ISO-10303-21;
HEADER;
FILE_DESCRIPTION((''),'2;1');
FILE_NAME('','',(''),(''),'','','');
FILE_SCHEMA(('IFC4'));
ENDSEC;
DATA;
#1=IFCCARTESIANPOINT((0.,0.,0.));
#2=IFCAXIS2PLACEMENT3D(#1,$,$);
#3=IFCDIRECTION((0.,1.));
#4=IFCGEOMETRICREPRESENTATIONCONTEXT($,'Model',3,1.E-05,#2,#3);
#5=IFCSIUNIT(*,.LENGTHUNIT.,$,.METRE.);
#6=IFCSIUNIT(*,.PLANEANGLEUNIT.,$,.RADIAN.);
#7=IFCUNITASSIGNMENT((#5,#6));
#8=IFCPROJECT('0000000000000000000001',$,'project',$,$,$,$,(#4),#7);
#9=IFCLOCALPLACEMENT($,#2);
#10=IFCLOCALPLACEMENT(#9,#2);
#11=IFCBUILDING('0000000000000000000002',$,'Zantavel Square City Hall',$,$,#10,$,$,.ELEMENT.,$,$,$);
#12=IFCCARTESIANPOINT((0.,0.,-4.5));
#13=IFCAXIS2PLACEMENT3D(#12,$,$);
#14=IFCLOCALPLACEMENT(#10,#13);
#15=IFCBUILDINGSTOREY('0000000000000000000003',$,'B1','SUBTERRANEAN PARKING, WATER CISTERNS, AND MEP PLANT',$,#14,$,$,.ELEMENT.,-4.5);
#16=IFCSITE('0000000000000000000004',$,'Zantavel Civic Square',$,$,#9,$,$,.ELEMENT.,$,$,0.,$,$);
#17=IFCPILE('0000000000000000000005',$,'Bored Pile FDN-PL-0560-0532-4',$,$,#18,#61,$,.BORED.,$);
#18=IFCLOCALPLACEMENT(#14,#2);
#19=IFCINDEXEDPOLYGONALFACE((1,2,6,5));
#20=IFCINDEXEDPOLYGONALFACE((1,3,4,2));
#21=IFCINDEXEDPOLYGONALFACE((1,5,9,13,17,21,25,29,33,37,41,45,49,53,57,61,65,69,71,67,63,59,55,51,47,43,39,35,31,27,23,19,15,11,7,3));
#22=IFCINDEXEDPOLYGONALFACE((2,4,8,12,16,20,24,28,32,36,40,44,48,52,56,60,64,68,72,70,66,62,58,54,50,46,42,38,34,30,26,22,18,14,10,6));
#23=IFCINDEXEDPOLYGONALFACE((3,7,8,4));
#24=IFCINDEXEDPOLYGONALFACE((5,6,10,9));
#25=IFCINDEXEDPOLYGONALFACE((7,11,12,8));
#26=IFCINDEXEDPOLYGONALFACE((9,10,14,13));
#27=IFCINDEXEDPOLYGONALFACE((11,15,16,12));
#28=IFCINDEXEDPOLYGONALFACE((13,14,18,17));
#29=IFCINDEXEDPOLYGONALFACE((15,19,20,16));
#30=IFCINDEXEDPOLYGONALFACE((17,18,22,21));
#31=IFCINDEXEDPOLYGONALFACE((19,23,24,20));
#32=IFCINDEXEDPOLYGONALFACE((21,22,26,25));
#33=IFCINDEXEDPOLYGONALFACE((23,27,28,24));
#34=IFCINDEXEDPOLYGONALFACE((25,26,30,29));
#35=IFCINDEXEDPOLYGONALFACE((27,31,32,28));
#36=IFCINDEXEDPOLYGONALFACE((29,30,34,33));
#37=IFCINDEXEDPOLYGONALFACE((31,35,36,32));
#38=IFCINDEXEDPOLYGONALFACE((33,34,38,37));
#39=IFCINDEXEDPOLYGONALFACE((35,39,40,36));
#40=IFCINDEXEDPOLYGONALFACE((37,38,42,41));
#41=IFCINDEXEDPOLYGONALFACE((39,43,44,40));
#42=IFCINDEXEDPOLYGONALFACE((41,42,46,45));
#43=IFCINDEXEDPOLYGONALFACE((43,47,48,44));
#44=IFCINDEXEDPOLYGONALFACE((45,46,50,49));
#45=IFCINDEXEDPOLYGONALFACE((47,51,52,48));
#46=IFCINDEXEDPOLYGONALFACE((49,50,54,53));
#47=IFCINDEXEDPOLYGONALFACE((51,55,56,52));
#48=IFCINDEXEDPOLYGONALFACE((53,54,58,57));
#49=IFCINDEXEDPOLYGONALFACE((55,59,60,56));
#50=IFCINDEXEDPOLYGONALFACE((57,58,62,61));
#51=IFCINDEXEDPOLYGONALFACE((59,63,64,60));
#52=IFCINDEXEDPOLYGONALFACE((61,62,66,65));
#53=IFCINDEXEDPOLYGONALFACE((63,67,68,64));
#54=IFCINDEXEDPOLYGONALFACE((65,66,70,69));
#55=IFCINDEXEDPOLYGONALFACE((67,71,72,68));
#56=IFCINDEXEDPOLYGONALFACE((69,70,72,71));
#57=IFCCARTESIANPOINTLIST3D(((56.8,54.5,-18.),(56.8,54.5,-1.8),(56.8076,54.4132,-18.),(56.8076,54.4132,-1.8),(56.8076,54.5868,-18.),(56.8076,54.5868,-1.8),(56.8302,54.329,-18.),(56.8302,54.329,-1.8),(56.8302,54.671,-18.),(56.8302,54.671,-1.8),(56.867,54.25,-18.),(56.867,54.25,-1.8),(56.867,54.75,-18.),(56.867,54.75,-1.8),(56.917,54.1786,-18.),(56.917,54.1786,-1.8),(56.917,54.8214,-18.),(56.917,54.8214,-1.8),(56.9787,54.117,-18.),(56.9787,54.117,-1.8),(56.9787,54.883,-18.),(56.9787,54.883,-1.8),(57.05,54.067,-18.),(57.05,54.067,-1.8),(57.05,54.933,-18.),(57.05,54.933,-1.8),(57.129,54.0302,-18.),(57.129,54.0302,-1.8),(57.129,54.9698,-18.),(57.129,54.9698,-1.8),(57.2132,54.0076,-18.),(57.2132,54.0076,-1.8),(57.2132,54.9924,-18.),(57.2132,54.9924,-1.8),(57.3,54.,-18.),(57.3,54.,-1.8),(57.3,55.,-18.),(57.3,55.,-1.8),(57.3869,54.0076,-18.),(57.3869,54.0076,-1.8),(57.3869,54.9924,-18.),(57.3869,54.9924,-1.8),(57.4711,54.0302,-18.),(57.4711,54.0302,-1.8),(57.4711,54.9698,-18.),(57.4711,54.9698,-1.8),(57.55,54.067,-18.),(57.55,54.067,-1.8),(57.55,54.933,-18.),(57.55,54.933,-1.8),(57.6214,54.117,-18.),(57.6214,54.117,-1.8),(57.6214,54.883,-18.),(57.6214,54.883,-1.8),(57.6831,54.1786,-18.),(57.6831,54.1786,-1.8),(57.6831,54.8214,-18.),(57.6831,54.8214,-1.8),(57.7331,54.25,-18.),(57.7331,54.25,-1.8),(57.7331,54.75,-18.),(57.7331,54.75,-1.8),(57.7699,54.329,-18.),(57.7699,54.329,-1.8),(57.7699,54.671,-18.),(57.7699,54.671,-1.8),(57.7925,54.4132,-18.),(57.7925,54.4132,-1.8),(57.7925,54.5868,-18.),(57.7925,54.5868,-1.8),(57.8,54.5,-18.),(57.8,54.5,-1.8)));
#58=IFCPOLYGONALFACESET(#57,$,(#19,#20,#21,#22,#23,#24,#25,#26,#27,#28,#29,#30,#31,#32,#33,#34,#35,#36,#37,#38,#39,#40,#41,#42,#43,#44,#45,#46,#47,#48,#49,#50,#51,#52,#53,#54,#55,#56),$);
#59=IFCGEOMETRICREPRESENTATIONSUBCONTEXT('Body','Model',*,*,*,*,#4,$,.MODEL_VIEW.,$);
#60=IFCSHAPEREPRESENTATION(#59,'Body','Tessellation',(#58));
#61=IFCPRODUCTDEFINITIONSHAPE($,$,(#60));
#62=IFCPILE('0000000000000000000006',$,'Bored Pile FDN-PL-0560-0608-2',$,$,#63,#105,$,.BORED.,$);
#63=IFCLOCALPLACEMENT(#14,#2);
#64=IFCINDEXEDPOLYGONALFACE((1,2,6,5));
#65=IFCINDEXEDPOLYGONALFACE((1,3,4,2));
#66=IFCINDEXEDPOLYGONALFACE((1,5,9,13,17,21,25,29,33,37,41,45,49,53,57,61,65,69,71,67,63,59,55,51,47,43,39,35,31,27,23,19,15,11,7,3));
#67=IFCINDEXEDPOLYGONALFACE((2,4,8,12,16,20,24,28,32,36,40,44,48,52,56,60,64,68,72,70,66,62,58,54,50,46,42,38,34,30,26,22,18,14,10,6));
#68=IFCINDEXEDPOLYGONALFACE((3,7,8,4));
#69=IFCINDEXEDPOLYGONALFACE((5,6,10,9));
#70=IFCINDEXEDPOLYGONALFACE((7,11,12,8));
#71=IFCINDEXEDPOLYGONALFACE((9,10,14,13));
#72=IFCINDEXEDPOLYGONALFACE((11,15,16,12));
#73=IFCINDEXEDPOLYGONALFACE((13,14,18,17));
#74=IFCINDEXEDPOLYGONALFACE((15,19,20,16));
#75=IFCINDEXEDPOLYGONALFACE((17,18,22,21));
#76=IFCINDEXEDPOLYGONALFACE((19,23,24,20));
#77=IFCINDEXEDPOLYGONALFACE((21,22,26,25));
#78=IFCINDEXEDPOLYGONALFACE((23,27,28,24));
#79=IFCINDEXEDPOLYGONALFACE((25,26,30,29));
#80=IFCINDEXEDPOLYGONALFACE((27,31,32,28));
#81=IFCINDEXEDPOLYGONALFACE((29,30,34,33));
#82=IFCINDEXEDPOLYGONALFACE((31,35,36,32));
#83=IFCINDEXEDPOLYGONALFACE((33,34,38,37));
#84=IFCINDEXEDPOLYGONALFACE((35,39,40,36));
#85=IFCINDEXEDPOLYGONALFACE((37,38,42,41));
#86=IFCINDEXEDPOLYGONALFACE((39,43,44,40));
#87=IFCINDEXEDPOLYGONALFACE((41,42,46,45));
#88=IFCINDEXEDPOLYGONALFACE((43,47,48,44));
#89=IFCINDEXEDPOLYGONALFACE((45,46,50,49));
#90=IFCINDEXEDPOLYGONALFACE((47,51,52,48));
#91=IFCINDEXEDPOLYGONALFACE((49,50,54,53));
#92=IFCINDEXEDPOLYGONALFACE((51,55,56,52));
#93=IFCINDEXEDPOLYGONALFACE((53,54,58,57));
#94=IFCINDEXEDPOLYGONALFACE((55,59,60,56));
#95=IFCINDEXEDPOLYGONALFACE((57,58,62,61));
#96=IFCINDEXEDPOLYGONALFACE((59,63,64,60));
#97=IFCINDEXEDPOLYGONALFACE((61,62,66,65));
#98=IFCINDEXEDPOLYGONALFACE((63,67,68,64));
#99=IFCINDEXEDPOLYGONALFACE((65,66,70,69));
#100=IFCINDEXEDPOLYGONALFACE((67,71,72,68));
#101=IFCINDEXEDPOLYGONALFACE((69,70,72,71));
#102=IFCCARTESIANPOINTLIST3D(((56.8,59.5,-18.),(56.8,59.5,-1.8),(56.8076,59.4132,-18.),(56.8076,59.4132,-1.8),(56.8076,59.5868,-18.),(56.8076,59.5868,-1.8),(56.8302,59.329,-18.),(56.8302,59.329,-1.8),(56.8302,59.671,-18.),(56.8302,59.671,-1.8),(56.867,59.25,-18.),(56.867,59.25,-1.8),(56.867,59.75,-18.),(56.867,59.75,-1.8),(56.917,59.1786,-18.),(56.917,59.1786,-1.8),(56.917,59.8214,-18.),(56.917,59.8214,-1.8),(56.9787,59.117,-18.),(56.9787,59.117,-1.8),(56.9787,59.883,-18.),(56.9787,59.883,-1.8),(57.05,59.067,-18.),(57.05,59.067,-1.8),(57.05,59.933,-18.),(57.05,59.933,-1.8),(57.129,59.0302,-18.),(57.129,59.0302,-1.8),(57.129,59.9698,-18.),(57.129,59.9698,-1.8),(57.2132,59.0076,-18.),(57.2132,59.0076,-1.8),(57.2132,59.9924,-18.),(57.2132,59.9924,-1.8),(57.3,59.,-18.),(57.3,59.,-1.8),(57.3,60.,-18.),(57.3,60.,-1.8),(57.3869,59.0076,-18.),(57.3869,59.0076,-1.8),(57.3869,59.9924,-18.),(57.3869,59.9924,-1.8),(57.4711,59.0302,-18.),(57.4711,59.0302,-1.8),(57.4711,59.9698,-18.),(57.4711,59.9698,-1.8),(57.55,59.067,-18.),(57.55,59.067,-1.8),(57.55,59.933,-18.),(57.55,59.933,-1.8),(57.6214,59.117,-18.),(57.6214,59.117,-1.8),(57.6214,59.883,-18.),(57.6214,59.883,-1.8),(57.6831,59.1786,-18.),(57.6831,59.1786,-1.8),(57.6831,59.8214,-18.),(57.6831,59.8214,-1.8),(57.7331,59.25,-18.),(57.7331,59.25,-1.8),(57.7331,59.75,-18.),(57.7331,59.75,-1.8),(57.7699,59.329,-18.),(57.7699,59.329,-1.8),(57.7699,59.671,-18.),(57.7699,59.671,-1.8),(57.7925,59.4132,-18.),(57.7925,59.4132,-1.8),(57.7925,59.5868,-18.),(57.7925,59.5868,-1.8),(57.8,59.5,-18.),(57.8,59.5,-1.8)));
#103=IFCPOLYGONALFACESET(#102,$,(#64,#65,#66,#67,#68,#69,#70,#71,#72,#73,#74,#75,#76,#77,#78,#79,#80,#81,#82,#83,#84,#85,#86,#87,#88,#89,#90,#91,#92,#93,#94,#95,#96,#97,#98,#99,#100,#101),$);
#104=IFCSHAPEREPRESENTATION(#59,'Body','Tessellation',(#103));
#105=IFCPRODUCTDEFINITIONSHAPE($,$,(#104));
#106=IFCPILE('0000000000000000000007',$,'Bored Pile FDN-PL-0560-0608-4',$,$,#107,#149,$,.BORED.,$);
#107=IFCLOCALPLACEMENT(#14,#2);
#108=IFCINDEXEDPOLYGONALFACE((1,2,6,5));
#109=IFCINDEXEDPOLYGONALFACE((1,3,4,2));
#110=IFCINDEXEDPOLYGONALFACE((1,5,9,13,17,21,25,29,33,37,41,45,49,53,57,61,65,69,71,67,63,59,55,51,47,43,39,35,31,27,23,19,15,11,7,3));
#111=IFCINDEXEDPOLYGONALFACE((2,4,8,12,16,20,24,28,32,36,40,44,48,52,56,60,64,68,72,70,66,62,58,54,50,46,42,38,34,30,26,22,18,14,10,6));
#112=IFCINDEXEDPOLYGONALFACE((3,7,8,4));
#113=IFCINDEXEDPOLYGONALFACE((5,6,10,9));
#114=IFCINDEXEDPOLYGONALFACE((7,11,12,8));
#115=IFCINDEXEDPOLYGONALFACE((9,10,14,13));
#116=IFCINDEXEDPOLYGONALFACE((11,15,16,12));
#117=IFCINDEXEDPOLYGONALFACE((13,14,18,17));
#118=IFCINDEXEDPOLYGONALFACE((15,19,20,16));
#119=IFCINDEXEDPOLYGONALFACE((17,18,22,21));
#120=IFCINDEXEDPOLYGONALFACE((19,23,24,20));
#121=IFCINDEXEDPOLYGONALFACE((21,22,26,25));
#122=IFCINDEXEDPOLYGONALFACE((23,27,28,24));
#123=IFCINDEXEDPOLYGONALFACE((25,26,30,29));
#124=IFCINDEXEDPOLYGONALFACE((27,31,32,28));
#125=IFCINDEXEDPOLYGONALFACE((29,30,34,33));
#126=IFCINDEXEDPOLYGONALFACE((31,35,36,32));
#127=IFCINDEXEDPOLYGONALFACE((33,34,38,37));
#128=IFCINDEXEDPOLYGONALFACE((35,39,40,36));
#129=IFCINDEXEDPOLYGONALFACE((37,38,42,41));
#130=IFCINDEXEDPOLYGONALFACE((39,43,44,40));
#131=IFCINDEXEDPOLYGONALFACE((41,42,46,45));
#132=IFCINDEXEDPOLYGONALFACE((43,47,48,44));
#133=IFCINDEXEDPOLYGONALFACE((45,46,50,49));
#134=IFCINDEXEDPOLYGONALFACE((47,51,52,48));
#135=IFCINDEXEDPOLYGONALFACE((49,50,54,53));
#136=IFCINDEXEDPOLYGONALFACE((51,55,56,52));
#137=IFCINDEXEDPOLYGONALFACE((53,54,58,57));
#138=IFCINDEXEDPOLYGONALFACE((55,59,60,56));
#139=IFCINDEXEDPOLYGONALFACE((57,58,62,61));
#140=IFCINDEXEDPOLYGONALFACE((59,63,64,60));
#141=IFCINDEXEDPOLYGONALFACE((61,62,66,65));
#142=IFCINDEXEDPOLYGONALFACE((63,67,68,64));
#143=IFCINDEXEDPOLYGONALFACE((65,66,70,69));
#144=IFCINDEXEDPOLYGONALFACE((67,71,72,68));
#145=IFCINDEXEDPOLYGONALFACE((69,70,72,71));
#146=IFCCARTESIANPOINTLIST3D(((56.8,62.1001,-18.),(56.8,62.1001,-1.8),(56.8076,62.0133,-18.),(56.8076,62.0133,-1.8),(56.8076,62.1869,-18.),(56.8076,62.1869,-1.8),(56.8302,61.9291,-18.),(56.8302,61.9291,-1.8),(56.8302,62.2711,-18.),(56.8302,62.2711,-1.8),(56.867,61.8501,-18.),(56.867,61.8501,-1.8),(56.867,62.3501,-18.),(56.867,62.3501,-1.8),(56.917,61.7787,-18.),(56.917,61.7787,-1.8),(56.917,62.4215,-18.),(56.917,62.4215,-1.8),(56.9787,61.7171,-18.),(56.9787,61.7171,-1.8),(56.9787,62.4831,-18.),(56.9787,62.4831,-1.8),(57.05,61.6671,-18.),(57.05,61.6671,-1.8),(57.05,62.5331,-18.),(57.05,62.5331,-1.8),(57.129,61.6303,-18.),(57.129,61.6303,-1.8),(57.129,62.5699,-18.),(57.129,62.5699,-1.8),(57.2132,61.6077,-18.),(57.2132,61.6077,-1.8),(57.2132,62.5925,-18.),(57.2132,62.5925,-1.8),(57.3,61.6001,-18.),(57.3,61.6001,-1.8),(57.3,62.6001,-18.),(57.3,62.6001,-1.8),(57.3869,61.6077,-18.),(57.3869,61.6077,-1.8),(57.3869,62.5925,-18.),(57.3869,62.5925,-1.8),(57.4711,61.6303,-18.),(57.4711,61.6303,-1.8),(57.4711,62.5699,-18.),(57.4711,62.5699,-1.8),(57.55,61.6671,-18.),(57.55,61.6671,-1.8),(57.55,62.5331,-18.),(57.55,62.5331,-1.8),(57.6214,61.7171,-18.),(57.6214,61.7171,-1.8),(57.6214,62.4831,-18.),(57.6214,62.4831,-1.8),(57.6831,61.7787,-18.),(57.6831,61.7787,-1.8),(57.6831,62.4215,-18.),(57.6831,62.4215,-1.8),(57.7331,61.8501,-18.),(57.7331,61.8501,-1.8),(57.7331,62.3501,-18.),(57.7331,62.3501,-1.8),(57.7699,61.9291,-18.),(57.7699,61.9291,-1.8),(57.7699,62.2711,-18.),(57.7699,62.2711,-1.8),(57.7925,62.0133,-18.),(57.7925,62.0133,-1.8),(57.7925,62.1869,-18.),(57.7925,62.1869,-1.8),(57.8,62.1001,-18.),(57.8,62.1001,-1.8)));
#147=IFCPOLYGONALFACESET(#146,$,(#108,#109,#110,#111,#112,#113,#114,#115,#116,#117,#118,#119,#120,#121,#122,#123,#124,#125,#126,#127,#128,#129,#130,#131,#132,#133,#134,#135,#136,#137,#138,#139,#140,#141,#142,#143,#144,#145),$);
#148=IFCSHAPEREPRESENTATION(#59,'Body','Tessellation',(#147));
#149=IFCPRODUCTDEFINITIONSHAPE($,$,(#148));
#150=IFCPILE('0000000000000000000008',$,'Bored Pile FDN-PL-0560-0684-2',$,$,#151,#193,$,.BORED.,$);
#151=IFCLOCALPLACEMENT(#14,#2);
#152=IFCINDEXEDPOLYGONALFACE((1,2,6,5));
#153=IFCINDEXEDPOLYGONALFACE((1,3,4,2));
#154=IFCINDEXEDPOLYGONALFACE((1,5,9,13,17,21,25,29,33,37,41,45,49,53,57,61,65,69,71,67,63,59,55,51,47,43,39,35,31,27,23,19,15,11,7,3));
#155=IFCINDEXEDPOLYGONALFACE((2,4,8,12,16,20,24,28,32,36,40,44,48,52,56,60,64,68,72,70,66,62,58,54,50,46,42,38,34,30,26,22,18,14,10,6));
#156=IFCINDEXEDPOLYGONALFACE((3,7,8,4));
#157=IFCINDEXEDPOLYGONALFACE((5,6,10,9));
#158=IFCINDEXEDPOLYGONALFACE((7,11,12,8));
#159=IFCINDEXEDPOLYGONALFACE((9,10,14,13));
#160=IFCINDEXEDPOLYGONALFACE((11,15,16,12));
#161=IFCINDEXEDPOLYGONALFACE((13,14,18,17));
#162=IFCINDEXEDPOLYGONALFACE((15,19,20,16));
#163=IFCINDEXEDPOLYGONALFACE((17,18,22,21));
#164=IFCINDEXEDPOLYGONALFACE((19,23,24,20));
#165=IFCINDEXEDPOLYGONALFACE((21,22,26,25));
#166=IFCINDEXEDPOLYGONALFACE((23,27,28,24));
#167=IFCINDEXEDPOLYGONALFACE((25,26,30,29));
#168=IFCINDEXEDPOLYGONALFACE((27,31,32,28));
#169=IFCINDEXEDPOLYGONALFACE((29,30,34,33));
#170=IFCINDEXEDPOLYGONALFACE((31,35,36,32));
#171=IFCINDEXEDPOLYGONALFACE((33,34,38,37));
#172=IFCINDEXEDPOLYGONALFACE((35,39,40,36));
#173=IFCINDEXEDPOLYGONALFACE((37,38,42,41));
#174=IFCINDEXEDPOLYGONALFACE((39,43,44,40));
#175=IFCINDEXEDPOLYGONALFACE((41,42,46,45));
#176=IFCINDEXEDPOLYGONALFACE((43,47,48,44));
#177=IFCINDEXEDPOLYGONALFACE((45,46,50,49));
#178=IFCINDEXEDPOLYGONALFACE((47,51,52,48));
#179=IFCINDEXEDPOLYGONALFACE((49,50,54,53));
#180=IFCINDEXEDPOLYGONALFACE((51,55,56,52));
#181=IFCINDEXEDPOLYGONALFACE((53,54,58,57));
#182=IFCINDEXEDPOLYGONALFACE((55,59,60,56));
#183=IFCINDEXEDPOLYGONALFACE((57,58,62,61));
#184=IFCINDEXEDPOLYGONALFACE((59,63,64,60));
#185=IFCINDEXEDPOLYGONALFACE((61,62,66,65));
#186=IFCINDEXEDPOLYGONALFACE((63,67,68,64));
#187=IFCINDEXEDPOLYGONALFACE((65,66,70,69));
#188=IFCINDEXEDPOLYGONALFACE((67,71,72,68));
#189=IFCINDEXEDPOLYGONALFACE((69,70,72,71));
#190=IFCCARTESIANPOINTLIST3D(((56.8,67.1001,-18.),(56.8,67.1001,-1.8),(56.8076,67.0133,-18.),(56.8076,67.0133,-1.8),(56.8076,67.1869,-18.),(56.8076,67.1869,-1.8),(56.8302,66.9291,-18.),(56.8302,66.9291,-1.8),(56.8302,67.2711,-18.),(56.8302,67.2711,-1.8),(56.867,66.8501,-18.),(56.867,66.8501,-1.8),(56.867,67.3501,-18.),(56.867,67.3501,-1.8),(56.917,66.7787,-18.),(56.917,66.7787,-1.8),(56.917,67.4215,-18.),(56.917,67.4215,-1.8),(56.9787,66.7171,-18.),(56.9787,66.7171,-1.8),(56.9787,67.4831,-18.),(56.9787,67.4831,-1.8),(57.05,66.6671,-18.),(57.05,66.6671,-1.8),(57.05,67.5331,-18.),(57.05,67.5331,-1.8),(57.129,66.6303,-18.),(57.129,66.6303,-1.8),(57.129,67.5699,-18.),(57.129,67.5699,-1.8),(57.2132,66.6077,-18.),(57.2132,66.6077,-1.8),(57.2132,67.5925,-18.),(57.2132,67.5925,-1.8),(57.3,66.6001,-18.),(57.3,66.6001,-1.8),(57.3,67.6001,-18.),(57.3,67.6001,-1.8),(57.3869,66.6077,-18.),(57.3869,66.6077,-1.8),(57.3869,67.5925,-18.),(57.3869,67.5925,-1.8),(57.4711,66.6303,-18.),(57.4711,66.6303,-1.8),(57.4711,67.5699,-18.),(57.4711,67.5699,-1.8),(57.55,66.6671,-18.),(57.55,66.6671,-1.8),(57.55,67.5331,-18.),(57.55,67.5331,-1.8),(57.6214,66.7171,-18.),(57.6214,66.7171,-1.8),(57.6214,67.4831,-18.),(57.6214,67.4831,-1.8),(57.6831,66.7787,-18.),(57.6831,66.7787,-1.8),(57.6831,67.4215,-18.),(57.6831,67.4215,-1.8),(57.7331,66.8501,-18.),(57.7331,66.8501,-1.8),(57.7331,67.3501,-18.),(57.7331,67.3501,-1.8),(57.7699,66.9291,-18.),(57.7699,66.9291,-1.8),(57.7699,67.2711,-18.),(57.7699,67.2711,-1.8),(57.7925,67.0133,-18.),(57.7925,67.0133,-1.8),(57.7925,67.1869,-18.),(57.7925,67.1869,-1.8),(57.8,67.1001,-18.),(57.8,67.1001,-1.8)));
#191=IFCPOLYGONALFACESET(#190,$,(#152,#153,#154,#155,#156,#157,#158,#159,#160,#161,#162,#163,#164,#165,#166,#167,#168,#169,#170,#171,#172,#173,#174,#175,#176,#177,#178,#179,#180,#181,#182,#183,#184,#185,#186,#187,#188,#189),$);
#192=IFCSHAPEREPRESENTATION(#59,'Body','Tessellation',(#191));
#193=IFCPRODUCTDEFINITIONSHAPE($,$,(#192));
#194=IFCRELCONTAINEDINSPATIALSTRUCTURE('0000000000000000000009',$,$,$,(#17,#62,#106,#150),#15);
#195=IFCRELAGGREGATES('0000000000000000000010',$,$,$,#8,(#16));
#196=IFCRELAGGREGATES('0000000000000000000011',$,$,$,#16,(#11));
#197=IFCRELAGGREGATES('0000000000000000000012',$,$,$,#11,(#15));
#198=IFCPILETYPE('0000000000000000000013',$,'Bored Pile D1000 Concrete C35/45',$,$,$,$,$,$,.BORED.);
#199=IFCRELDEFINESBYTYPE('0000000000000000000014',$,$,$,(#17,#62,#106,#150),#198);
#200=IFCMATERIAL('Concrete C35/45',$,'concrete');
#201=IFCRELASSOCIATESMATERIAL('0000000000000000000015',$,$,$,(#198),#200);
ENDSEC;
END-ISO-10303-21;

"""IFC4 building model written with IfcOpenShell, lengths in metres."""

from ifc_helpers import new_model, si_unit, direction, frame, origin, origin_2d, place, context, subcontext, project, spatial, circle, extrude, material, material_profile, profile_set, type_object, element, save


model = new_model("IFC4")

# Units and contexts
model_context = context("Model", 3, precision=1e-05, world=origin(), true_north=direction((0.0, 1.0)))
body_context = subcontext(model_context, "Body", "Model", "MODEL_VIEW")
ifc_project = project(units=[si_unit("LENGTHUNIT", "METRE"), si_unit("PLANEANGLEUNIT", "RADIAN")], contexts=[model_context])

# Site, building, storey
site_placement = place(None, origin())
site = spatial("IfcSite", under=ifc_project, at=site_placement, Name="Zantavel Civic Square", CompositionType="ELEMENT", RefElevation=0.0)
building_placement = place(site_placement, origin())
building = spatial("IfcBuilding", under=site, at=building_placement, Name="Zantavel Square City Hall", CompositionType="ELEMENT")
storey_placement = place(building_placement, frame((0.0, 0.0, -4.5)))
storey = spatial("IfcBuildingStorey", under=building, at=storey_placement, Name="B1", Description="SUBTERRANEAN PARKING, WATER CISTERNS, AND MEP PLANT", CompositionType="ELEMENT", Elevation=-4.5)

# Piles
ifc_material_1 = material(Name="Concrete C35/45", Category="concrete")
ifc_material_profile_1 = material_profile(ifc_material_1, circle(Radius=0.5, at=origin_2d()), Name="PILE D1000")
ifc_profile_set_1 = profile_set([ifc_material_profile_1], Name="Concrete C35/45")
pile_type_1 = type_object("IfcPileType", Name="Bored Pile D1000 Concrete C35/45", PredefinedType="BORED", material=ifc_profile_set_1)
for number, where, z_axis, x_axis, name in (
    (1, (57.3, 54.5, -1.8), (0.0, 0.0, -1.0), (1.0, 0.0, 0.0), "Bored Pile FDN-PL-0560-0532-4"),
    (2, (57.3, 59.5, -1.8), (0.0, 0.0, -1.0), (1.0, 0.0, 0.0), "Bored Pile FDN-PL-0560-0608-2"),
    (3, (57.3, 62.1001, -1.8), (0.0, 0.0, -1.0), (1.0, 0.0, 0.0), "Bored Pile FDN-PL-0560-0608-4"),
    (4, (57.3, 67.1001, -1.8), (0.0, 0.0, -1.0), (1.0, 0.0, 0.0), "Bored Pile FDN-PL-0560-0684-2"),
):
    element("IfcPile", number, at=place(storey_placement, frame(where, z_axis=z_axis, x_axis=x_axis)), inside=storey, type_object=pile_type_1, Name=name, PredefinedType="BORED", context=body_context, shape_type="SweptSolid", body=[
        extrude(circle(Radius=0.5, at=origin_2d()), origin(), (0.0, 0.0, 1.0), 16.2),
    ])

save(model, "model.ifc")
